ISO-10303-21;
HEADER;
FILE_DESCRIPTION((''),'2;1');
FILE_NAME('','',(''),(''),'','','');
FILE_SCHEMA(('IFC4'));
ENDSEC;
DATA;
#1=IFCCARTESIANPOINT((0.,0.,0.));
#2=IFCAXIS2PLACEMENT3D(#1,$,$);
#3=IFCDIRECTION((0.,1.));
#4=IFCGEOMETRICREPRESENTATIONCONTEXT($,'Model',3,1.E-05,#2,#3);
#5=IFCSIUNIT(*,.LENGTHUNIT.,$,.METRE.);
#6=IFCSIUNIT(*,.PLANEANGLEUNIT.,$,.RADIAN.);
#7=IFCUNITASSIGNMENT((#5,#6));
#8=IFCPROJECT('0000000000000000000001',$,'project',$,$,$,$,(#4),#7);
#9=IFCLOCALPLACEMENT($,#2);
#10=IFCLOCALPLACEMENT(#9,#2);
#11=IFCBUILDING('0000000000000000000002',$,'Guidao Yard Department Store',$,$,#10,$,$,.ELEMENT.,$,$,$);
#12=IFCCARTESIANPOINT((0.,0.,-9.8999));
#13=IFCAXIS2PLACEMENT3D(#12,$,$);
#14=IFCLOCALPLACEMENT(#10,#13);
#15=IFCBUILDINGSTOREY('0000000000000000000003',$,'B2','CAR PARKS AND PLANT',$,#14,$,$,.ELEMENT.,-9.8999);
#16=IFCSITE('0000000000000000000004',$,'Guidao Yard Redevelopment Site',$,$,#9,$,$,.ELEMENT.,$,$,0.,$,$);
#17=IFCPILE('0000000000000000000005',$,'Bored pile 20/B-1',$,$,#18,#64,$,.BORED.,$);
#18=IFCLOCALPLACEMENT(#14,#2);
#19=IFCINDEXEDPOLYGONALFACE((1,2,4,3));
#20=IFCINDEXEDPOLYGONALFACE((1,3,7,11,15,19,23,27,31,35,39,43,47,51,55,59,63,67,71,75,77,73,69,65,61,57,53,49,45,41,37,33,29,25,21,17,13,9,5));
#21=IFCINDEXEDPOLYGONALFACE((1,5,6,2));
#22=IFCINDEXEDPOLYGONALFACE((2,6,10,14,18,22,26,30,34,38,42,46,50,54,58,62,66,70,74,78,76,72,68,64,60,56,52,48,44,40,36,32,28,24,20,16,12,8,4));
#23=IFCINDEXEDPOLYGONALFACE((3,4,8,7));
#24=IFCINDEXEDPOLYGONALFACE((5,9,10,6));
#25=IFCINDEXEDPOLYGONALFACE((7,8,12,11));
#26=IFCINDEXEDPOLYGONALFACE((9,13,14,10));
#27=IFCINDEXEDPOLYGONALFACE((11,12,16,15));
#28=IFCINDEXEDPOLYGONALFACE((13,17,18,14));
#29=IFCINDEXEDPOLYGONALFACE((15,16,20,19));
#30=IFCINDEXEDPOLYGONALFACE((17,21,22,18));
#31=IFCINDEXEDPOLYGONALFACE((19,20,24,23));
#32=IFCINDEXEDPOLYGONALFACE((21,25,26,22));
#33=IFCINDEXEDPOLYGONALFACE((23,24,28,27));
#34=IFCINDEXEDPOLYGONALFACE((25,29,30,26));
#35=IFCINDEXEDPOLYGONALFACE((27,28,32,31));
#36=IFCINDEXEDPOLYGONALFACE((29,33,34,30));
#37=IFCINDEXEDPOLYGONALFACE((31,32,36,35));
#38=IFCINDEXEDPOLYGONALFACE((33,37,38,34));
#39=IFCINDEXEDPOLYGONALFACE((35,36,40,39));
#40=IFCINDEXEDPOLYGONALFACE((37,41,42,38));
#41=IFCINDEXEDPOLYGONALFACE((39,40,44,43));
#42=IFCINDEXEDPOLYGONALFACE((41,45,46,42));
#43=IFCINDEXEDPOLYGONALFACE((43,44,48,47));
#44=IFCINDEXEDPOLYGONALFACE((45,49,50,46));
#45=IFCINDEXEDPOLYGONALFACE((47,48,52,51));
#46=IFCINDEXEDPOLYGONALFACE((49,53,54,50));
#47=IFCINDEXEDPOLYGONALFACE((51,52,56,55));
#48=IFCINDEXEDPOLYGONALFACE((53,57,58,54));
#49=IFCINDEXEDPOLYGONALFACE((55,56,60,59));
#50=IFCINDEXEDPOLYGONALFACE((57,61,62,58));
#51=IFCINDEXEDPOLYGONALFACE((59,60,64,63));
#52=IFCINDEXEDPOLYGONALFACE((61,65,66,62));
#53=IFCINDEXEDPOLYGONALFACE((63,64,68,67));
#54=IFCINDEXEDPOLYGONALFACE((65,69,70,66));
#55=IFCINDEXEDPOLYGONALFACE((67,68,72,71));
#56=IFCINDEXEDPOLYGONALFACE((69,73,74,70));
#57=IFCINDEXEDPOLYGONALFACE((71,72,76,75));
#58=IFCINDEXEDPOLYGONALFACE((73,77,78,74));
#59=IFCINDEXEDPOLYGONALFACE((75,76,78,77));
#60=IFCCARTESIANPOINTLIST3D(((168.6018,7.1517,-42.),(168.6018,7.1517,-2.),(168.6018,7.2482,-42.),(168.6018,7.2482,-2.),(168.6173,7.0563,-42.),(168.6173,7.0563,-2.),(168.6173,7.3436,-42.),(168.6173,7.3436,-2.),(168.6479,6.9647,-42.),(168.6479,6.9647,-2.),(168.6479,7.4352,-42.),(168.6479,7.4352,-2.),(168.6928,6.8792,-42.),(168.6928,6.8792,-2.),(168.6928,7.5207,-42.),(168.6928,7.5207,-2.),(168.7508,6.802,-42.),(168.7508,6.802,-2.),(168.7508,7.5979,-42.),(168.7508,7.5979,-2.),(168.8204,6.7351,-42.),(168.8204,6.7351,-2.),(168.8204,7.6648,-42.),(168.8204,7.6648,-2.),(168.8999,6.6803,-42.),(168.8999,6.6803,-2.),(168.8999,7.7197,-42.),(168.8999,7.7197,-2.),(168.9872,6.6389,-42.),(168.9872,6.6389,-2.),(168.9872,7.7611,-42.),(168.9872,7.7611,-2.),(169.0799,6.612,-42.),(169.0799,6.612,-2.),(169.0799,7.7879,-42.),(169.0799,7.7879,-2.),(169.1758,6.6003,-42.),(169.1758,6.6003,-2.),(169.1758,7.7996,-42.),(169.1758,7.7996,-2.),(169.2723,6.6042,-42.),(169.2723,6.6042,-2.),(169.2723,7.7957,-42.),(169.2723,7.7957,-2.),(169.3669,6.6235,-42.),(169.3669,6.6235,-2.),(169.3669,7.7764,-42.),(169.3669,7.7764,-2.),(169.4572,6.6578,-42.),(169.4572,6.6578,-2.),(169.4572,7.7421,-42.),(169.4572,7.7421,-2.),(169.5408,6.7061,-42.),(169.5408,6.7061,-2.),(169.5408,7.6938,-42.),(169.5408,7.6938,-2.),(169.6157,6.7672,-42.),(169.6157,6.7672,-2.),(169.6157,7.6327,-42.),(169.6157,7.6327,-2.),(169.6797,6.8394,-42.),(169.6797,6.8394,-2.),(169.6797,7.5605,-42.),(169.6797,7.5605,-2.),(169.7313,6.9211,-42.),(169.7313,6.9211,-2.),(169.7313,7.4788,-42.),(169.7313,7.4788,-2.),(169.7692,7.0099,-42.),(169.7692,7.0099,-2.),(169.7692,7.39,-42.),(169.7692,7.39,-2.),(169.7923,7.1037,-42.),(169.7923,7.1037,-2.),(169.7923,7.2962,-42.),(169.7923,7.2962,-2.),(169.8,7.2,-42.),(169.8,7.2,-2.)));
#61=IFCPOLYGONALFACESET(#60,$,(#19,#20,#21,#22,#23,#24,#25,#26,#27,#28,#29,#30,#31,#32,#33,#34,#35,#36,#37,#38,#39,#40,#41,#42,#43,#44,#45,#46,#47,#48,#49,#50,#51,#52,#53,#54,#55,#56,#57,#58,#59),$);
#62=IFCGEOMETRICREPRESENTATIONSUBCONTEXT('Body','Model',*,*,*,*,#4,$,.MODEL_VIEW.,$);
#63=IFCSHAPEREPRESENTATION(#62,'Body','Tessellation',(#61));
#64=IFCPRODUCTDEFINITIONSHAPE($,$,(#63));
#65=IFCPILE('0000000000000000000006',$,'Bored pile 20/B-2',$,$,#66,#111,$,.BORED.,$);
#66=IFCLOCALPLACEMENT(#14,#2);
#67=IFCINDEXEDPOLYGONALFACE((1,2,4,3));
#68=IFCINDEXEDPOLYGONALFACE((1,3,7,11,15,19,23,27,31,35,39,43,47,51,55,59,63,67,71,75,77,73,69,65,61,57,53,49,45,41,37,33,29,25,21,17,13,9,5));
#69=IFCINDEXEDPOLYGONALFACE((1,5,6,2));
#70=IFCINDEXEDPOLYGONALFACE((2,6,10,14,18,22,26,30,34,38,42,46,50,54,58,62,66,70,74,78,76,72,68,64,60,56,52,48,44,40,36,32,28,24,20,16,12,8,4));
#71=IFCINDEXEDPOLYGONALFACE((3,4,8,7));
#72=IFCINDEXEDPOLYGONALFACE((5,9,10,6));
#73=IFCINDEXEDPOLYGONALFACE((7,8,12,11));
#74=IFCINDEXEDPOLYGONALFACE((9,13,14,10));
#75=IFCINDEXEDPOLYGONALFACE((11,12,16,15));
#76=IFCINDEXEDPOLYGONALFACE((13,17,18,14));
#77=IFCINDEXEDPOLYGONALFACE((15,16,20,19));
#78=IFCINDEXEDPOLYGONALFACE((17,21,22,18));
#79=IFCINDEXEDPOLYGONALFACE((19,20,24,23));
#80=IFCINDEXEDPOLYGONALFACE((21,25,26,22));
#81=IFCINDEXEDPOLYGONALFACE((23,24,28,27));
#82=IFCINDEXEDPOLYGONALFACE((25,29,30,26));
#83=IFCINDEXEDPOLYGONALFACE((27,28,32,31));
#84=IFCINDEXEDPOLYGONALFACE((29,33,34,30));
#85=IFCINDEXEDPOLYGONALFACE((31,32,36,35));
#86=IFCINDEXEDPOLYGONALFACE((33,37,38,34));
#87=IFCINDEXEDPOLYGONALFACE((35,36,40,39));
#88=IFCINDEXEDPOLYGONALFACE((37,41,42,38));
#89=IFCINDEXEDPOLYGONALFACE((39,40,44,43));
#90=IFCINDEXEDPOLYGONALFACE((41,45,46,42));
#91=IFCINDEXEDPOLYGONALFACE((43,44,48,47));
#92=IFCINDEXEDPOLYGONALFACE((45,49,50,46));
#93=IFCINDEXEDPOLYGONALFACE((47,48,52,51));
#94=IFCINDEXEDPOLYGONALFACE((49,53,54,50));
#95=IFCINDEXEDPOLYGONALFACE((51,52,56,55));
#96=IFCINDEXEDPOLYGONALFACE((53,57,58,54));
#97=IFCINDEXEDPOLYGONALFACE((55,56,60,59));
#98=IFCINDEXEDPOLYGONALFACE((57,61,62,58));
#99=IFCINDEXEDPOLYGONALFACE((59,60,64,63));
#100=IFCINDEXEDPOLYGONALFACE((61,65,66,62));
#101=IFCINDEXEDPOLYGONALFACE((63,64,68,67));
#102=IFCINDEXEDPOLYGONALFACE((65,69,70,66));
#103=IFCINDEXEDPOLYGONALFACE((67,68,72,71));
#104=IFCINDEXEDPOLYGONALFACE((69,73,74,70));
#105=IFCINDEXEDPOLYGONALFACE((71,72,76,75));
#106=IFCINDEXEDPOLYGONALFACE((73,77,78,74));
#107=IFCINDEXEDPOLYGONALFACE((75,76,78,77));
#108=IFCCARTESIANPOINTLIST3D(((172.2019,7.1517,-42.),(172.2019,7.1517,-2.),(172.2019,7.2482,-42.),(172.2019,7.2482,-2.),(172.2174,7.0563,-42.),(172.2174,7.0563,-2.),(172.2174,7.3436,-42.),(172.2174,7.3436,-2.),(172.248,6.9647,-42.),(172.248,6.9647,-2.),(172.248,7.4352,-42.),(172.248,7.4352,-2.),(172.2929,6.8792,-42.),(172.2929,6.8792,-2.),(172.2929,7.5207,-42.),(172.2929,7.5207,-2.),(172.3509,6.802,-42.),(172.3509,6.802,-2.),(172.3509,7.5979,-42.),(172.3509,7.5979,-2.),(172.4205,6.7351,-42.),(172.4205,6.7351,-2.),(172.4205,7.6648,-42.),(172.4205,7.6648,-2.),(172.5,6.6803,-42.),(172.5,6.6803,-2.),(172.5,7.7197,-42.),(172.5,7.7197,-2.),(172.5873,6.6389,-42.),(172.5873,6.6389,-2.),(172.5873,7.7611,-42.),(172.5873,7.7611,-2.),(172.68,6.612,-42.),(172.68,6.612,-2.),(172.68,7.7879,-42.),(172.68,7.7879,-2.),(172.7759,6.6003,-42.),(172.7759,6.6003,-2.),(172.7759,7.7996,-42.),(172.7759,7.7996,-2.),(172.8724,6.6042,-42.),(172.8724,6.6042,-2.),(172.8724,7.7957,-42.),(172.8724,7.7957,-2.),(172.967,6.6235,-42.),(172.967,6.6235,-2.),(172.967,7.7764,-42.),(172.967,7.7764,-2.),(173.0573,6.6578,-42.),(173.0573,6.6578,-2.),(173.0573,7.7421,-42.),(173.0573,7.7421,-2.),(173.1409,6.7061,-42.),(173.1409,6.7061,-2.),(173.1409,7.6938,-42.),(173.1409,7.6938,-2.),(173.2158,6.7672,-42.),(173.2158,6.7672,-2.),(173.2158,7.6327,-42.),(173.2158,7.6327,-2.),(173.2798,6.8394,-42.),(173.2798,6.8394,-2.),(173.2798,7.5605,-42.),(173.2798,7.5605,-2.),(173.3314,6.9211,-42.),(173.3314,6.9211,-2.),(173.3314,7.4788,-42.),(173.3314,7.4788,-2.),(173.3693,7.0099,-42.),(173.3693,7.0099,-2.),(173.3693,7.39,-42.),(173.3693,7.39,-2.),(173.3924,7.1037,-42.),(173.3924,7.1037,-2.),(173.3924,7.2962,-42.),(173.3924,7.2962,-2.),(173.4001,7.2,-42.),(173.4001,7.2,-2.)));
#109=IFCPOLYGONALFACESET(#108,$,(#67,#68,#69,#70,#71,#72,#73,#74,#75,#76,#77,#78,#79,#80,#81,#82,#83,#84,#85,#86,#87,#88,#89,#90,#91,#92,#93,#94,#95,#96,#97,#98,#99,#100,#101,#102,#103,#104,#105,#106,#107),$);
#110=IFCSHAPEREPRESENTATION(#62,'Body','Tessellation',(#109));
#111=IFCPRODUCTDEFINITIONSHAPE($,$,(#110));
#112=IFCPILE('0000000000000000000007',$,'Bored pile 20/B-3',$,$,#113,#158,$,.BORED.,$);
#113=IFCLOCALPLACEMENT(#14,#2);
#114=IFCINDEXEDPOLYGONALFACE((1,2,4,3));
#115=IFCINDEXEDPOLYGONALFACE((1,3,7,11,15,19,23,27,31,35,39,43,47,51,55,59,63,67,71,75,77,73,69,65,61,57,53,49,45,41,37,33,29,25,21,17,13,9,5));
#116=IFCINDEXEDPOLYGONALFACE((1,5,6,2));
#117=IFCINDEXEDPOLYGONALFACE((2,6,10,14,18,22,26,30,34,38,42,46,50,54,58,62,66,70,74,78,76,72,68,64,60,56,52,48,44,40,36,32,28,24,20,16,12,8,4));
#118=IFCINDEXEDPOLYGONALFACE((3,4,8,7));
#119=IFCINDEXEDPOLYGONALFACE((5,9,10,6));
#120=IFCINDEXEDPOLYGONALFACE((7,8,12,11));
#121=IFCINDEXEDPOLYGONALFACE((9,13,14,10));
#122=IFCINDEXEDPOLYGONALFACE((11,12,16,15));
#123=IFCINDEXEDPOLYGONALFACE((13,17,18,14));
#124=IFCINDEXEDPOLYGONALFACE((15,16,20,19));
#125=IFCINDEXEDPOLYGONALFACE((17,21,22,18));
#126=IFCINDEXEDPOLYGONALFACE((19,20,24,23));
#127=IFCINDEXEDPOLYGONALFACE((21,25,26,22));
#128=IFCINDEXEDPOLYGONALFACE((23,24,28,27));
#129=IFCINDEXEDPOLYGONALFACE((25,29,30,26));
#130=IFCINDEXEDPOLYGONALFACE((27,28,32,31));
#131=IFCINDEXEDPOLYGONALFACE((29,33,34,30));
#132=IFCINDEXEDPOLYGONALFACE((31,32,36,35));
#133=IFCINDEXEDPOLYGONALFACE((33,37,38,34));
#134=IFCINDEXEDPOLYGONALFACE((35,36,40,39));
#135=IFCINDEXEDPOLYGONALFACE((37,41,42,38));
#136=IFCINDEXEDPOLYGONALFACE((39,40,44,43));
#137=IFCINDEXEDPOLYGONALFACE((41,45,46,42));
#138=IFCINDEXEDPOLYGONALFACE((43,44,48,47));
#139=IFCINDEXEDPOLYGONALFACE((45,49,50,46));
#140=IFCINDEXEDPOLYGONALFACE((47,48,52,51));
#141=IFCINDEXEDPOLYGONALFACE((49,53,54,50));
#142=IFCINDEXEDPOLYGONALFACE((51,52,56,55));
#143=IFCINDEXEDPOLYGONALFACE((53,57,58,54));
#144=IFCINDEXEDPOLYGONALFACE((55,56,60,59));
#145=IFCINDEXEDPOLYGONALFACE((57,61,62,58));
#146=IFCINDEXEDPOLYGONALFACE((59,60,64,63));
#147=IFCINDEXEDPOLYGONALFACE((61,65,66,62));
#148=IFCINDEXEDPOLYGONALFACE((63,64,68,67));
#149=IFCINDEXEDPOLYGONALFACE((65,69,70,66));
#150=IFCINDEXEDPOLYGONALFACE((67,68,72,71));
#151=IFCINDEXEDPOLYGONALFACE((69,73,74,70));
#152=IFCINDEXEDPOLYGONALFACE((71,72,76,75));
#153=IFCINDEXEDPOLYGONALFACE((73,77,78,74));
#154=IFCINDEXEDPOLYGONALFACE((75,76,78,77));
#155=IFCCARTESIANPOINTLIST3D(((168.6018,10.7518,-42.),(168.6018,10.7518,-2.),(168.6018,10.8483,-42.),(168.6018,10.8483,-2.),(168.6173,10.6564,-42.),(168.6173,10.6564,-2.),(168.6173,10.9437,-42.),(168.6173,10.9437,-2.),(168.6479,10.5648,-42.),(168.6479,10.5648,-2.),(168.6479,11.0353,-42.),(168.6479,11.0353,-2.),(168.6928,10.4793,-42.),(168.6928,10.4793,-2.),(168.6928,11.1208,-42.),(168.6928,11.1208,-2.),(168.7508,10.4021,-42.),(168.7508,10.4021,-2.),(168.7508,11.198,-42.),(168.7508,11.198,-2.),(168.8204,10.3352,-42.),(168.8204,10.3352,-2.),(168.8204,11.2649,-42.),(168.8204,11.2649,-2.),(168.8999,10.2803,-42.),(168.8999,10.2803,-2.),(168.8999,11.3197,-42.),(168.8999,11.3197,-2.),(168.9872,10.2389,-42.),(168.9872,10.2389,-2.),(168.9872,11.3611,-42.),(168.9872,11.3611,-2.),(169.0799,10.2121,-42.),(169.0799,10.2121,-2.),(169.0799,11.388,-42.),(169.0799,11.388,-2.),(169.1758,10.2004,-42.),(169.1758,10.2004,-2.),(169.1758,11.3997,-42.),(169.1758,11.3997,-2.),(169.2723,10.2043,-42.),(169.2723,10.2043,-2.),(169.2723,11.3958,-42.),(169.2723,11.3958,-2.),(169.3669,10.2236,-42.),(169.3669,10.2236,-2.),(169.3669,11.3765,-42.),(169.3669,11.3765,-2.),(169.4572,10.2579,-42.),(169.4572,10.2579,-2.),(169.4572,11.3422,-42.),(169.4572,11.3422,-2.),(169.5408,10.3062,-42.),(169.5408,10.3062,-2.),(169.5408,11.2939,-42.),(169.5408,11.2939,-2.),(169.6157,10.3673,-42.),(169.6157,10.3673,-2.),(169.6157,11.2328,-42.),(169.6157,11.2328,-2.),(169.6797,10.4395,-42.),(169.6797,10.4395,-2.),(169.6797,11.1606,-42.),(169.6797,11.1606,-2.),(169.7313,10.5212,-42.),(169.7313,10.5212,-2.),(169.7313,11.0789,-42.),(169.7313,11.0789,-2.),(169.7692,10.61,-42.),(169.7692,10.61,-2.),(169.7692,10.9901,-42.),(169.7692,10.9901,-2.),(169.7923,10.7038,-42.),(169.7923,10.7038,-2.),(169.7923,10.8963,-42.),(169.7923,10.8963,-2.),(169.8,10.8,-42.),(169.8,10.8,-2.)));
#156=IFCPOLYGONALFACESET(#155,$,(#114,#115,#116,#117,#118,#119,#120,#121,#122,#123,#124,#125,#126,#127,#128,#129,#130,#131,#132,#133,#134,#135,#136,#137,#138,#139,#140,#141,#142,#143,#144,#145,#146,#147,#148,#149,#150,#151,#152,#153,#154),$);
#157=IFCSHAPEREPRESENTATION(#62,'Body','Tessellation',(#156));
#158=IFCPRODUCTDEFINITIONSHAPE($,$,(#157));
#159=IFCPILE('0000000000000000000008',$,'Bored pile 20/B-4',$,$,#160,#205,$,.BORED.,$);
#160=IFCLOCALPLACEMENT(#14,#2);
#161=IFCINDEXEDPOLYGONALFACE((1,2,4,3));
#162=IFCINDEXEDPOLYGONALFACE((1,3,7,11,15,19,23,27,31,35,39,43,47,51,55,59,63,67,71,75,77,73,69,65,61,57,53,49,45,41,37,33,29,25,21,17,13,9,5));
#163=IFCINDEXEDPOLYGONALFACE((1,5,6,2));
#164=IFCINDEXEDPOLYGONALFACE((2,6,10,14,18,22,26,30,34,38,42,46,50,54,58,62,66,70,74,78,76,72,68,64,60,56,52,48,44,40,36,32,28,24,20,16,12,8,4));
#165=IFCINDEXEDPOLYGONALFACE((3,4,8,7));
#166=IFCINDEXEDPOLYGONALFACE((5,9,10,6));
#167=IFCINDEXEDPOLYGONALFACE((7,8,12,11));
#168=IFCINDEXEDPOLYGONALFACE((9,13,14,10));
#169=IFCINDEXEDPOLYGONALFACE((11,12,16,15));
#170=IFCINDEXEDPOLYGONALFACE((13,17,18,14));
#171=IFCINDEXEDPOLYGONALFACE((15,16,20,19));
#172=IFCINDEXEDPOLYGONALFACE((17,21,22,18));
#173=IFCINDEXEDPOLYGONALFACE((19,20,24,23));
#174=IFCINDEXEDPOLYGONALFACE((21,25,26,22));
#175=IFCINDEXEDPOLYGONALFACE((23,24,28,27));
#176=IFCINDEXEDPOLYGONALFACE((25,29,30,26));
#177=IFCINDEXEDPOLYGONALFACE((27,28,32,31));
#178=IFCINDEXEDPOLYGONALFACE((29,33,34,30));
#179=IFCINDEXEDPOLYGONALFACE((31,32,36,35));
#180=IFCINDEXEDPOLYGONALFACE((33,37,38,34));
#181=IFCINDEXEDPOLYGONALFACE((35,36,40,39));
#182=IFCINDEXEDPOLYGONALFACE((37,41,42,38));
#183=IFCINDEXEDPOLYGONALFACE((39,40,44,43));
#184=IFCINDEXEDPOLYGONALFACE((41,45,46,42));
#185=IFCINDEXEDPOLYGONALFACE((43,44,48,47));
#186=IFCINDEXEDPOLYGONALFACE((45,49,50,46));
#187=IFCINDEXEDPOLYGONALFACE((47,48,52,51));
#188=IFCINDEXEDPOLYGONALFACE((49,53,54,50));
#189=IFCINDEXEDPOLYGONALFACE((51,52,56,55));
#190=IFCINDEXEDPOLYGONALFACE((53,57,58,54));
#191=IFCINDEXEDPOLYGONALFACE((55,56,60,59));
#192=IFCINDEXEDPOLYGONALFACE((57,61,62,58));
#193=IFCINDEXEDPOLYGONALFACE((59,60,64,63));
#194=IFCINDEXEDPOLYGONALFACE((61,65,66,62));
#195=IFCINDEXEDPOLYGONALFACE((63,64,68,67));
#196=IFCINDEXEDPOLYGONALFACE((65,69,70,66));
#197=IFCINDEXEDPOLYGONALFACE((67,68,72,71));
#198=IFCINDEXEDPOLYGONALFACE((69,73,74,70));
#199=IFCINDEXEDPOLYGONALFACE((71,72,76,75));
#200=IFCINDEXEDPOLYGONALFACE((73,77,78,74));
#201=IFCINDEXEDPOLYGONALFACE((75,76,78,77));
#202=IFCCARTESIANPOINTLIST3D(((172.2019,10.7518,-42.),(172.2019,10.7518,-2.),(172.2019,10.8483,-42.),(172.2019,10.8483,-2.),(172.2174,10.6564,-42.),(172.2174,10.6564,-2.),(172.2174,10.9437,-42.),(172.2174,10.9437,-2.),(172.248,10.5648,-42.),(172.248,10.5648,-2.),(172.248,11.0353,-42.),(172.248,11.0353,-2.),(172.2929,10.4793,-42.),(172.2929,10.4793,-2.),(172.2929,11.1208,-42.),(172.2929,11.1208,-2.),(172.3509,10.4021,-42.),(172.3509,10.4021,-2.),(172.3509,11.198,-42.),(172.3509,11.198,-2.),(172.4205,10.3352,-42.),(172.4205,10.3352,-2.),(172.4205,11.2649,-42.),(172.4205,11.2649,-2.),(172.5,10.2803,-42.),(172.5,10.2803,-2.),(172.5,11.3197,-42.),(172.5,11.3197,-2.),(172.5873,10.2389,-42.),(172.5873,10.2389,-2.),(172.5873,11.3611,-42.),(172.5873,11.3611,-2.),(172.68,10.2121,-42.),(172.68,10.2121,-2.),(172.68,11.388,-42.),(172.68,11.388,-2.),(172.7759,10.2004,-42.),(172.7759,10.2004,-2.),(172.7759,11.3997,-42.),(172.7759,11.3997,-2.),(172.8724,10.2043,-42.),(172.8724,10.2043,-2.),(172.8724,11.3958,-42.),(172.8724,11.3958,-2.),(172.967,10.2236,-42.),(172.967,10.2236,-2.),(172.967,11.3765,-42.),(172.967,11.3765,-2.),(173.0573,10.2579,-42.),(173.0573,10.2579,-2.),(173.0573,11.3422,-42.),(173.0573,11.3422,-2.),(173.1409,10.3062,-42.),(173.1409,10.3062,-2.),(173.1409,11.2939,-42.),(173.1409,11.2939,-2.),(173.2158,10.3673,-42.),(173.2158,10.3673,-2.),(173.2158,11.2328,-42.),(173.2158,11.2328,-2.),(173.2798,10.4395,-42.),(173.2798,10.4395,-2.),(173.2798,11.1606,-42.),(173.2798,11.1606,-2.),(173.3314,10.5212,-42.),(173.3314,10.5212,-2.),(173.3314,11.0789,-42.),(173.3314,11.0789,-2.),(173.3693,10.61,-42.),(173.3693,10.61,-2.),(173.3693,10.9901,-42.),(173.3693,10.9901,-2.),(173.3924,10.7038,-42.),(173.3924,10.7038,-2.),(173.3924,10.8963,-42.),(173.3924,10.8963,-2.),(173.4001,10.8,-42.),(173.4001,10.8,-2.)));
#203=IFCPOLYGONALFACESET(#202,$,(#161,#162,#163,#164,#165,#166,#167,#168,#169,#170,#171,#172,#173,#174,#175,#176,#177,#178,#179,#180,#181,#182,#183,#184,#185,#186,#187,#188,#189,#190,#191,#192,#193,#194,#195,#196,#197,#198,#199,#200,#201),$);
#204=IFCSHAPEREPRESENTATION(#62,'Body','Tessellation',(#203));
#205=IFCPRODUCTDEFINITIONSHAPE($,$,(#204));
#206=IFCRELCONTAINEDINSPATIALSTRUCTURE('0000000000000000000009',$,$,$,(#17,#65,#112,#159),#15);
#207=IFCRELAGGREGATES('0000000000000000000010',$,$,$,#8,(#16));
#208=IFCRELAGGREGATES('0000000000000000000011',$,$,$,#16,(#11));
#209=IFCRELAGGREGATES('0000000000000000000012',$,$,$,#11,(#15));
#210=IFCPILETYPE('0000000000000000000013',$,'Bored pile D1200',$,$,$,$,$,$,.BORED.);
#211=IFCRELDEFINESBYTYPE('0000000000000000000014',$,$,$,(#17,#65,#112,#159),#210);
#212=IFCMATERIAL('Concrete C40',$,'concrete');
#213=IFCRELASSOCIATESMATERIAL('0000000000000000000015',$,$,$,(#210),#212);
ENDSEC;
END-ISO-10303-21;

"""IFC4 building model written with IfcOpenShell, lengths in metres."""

from ifc_helpers import new_model, si_unit, direction, frame, origin, origin_2d, place, context, subcontext, project, spatial, circle, extrude, material, material_profile, profile_set, type_object, element, save


model = new_model("IFC4")

# Units and contexts
model_context = context("Model", 3, precision=1e-05, world=origin(), true_north=direction((0.0, 1.0)))
body_context = subcontext(model_context, "Body", "Model", "MODEL_VIEW")
ifc_project = project(units=[si_unit("LENGTHUNIT", "METRE"), si_unit("PLANEANGLEUNIT", "RADIAN")], contexts=[model_context])

# Site, building, storey
site_placement = place(None, origin())
site = spatial("IfcSite", under=ifc_project, at=site_placement, Name="Guidao Yard Redevelopment Site", CompositionType="ELEMENT", RefElevation=0.0)
building_placement = place(site_placement, origin())
building = spatial("IfcBuilding", under=site, at=building_placement, Name="Guidao Yard Department Store", CompositionType="ELEMENT")
storey_placement = place(building_placement, frame((0.0, 0.0, -9.8999)))
storey = spatial("IfcBuildingStorey", under=building, at=storey_placement, Name="B2", Description="CAR PARKS AND PLANT", CompositionType="ELEMENT", Elevation=-9.8999)

# Piles
ifc_material_1 = material(Name="Concrete C40", Category="concrete")
ifc_material_profile_1 = material_profile(ifc_material_1, circle(Radius=0.6001, at=origin_2d()), Name="Bored pile D1200")
ifc_profile_set_1 = profile_set([ifc_material_profile_1], Name="Concrete C40")
pile_type = type_object("IfcPileType", Name="Bored pile D1200", PredefinedType="BORED", material=ifc_profile_set_1)
for number, where, z_axis, x_axis, name in (
    (1, (169.2, 7.2, -2.0), (0.0, 0.0, -1.0), (1.0, 0.0, 0.0), "Bored pile 20/B-1"),
    (2, (172.8, 7.2, -2.0), (0.0, 0.0, -1.0), (1.0, 0.0, 0.0), "Bored pile 20/B-2"),
    (3, (169.2, 10.8, -2.0), (0.0, 0.0, -1.0), (1.0, 0.0, 0.0), "Bored pile 20/B-3"),
    (4, (172.8, 10.8, -2.0), (0.0, 0.0, -1.0), (1.0, 0.0, 0.0), "Bored pile 20/B-4"),
):
    element("IfcPile", number, at=place(storey_placement, frame(where, z_axis=z_axis, x_axis=x_axis)), inside=storey, type_object=pile_type, Name=name, PredefinedType="BORED", context=body_context, shape_type="SweptSolid", body=[
        extrude(circle(Radius=0.6001, at=origin_2d()), origin(), (0.0, 0.0, 1.0), 40.0),
    ])

save(model, "model.ifc")
